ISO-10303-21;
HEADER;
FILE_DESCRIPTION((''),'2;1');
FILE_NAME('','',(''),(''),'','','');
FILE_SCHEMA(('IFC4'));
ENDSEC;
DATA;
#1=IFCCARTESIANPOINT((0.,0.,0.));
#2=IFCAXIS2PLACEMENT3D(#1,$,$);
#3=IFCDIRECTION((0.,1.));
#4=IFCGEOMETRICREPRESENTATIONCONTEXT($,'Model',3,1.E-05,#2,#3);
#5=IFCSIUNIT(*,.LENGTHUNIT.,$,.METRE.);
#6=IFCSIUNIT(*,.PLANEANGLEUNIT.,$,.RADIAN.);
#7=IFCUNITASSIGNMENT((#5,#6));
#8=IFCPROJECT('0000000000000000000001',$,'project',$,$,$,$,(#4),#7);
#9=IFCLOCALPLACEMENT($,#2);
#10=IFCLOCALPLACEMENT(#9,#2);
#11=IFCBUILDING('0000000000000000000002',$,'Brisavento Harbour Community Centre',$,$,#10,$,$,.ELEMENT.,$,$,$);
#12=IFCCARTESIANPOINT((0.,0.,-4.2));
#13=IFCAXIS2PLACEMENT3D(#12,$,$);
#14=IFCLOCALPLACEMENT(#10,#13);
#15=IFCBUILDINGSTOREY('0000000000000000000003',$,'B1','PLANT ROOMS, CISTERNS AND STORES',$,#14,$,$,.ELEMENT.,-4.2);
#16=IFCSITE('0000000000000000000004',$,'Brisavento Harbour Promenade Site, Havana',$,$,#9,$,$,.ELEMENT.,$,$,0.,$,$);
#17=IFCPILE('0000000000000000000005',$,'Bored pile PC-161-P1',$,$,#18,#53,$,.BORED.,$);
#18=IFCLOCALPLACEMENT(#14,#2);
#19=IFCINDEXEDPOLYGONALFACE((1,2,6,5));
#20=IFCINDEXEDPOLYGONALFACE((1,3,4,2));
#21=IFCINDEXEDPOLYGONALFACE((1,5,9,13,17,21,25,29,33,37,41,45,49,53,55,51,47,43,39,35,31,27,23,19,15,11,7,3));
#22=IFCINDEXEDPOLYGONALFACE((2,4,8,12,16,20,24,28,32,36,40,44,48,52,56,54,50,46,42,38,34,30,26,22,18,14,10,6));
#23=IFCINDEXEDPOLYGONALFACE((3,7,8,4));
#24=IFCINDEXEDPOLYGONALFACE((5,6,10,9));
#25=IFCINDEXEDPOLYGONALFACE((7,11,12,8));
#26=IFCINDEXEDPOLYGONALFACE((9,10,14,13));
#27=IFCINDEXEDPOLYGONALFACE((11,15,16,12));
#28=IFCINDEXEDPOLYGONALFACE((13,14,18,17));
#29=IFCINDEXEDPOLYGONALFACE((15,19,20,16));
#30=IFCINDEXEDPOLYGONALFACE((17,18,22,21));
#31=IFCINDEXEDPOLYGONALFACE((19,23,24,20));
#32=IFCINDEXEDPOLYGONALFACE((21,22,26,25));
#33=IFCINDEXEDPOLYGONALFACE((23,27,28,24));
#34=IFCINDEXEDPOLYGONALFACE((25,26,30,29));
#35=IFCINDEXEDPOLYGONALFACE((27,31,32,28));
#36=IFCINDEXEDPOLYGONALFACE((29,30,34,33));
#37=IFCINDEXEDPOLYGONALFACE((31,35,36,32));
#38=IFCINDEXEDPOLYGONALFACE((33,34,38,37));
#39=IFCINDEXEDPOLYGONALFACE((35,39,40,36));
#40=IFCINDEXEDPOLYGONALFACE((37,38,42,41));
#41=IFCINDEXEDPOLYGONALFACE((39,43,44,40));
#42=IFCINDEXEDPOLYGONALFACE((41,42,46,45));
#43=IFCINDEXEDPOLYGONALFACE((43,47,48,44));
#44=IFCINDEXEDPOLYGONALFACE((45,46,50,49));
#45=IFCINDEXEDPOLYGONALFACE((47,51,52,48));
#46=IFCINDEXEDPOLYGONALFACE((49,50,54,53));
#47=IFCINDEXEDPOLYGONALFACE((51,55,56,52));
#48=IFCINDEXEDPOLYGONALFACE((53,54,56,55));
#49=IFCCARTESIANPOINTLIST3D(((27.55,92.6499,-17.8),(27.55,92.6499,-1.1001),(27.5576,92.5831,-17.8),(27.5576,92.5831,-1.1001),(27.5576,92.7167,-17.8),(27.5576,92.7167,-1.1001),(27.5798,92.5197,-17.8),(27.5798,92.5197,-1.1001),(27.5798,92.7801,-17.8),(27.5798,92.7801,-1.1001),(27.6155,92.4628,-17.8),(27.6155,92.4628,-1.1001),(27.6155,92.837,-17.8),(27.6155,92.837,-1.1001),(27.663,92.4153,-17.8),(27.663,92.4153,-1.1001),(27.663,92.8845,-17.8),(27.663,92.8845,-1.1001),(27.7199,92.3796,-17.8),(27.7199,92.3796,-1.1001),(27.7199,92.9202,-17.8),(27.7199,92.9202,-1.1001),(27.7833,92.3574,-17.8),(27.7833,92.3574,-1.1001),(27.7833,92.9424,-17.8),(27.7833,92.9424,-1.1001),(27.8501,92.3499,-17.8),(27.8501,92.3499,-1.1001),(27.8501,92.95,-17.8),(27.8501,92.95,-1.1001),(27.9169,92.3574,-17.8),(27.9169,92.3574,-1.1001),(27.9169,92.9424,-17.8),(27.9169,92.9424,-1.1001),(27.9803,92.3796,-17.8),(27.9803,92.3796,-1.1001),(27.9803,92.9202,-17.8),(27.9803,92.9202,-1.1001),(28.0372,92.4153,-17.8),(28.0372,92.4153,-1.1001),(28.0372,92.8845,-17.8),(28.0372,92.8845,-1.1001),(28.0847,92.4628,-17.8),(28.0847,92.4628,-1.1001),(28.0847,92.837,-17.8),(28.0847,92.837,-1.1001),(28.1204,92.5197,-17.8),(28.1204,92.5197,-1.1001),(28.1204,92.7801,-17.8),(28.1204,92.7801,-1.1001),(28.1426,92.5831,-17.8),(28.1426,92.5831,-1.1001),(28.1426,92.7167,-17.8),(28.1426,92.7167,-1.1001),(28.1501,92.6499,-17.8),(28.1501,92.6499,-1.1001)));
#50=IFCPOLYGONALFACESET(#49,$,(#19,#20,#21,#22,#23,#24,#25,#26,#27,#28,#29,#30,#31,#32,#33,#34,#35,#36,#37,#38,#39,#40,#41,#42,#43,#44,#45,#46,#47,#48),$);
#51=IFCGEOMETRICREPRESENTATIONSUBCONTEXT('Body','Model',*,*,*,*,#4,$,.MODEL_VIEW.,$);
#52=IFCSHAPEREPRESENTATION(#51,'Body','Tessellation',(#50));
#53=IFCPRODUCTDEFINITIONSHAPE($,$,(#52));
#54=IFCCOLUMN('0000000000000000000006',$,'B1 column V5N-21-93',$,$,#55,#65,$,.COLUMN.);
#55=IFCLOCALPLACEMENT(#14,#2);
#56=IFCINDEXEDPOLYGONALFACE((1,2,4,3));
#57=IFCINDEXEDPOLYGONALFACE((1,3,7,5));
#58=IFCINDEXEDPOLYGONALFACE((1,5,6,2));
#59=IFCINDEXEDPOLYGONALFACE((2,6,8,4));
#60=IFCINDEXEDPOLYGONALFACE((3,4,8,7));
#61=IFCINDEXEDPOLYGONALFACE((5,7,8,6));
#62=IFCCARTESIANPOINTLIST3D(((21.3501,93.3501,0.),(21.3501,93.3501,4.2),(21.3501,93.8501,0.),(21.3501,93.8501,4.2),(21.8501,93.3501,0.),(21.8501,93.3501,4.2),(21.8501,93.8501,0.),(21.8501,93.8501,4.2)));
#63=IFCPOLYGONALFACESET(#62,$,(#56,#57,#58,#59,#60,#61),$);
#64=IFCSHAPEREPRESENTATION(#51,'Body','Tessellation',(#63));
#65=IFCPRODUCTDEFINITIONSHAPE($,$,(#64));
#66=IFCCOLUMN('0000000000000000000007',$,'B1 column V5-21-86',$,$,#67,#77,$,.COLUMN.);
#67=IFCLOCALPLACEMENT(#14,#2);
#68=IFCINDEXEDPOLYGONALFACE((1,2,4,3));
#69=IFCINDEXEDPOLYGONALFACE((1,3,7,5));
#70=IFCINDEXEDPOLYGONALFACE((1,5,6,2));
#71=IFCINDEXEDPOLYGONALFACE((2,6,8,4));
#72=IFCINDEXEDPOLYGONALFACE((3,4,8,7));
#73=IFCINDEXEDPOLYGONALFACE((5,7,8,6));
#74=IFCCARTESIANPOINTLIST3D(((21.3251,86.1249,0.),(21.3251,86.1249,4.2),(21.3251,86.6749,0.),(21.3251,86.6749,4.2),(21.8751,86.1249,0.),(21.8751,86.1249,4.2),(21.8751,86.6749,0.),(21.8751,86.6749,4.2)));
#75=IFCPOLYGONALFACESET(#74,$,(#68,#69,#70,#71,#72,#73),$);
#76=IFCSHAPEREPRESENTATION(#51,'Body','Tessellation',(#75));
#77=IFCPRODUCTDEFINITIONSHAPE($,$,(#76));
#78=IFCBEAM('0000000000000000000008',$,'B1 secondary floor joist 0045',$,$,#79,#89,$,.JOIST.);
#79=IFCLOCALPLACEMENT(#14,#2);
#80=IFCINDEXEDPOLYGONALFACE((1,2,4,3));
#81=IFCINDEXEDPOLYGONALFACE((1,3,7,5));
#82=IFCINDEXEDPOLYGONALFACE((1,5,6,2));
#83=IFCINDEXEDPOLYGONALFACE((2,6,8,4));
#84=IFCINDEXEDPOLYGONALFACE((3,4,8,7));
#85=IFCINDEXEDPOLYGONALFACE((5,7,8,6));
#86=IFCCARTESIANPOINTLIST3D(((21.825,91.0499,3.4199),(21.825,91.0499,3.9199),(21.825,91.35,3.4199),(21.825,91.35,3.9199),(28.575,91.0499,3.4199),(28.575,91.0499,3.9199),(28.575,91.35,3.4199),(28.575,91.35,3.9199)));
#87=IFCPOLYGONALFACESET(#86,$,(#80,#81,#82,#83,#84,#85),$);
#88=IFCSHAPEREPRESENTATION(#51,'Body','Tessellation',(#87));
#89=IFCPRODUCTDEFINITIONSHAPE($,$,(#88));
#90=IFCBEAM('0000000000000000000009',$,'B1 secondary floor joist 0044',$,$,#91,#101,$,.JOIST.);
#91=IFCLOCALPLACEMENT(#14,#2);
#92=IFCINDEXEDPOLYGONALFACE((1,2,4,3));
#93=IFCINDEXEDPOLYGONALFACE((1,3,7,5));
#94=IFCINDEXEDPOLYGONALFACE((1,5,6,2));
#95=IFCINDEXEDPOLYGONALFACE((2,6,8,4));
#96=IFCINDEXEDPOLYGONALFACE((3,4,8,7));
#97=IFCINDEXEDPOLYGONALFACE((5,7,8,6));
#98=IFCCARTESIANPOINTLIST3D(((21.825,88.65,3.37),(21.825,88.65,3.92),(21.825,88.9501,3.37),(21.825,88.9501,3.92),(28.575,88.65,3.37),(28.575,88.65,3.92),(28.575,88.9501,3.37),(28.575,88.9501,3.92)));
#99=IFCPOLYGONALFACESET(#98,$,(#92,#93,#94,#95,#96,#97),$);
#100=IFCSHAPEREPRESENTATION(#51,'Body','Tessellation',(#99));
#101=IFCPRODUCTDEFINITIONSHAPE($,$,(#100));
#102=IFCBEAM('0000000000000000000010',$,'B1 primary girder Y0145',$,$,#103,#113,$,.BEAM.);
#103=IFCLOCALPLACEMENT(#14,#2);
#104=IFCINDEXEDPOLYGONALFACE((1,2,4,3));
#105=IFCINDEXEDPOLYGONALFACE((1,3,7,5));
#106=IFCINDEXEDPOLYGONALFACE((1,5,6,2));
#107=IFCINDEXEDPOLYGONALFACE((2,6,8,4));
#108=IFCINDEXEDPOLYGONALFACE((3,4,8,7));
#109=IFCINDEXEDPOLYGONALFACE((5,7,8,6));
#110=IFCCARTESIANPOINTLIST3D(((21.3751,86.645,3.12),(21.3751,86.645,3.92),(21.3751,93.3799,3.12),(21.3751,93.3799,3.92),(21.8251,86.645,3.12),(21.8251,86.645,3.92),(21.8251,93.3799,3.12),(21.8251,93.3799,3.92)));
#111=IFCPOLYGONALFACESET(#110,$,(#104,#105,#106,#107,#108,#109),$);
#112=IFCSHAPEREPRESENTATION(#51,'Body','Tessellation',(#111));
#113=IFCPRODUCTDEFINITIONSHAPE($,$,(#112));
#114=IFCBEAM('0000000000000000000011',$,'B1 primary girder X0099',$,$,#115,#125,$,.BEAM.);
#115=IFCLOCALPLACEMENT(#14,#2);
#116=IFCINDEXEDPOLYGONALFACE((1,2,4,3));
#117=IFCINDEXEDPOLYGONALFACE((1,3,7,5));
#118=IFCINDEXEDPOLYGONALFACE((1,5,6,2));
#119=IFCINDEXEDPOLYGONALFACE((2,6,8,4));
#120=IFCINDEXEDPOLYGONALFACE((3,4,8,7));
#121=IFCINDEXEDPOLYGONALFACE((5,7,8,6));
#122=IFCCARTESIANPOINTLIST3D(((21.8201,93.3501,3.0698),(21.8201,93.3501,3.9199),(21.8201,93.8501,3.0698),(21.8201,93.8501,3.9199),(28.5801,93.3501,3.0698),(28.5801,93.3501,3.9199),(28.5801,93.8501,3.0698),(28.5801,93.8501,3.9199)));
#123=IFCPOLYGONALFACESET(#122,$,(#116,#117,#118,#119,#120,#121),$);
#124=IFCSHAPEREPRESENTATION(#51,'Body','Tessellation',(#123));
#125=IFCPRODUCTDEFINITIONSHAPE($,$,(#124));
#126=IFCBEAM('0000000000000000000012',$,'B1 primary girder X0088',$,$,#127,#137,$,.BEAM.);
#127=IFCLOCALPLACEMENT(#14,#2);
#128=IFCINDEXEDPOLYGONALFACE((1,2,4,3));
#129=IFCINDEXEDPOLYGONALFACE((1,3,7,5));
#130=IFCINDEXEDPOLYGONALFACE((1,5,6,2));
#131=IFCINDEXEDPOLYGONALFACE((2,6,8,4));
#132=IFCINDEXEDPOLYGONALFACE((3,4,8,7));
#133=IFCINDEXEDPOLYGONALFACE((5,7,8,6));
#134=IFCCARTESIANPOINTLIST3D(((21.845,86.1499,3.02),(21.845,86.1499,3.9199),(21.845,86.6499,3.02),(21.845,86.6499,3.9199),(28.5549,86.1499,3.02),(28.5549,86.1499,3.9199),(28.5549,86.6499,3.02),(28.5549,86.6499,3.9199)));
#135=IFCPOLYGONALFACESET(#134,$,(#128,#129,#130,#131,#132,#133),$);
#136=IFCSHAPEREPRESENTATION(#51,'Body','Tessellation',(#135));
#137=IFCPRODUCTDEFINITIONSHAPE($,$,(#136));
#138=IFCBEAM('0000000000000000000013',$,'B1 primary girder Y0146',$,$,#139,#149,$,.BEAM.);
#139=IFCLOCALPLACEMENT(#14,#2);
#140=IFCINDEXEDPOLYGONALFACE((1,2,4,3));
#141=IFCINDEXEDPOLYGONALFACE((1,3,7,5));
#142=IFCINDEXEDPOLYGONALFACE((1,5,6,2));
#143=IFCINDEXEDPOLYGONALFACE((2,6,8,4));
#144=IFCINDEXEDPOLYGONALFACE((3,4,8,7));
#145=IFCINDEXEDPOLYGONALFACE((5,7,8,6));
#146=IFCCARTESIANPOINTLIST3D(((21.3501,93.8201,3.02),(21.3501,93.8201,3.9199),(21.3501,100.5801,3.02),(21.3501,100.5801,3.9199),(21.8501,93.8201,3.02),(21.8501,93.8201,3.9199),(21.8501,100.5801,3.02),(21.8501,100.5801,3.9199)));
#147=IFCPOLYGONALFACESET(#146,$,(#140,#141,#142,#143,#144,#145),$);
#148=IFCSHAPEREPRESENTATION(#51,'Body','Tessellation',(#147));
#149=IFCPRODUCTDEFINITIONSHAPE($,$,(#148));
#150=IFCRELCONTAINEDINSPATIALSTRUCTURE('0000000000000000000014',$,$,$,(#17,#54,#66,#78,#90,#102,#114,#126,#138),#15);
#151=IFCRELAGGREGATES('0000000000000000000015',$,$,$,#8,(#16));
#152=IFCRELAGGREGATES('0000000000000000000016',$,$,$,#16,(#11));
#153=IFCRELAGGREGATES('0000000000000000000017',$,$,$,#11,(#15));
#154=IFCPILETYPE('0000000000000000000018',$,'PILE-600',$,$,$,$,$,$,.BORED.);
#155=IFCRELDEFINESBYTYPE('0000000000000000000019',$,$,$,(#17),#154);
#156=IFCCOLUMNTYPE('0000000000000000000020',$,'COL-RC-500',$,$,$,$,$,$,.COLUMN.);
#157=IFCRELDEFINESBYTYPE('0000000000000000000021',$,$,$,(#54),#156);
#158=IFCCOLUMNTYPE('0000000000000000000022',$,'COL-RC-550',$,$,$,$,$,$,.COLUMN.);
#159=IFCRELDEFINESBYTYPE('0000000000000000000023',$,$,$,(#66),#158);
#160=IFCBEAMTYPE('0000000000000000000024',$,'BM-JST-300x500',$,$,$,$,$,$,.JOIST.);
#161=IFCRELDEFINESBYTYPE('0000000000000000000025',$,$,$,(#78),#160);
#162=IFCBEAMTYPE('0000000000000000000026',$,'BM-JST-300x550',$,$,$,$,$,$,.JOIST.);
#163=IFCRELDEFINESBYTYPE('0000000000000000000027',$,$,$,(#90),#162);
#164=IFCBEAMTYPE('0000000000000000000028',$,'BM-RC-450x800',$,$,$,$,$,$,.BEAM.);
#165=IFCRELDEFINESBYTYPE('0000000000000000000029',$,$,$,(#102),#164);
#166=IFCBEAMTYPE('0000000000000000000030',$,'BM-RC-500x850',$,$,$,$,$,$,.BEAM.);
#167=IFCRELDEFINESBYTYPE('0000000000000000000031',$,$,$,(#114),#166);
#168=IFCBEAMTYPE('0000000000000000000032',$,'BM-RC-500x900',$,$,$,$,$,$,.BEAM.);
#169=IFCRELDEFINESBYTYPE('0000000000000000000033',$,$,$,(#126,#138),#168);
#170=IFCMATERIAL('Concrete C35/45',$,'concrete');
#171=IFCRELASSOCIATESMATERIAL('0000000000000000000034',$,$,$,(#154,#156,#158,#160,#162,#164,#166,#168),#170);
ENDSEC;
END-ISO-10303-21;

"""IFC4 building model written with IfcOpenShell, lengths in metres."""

from ifc_helpers import new_model, si_unit, direction, frame, origin, origin_2d, place, context, subcontext, project, spatial, rectangle, circle, extrude, material, material_profile, profile_set, type_object, element, save


model = new_model("IFC4")

# Units and contexts
model_context = context("Model", 3, precision=1e-05, world=origin(), true_north=direction((0.0, 1.0)))
body_context = subcontext(model_context, "Body", "Model", "MODEL_VIEW")
ifc_project = project(units=[si_unit("LENGTHUNIT", "METRE"), si_unit("PLANEANGLEUNIT", "RADIAN")], contexts=[model_context])

# Site, building, storey
site_placement = place(None, origin())
site = spatial("IfcSite", under=ifc_project, at=site_placement, Name="Brisavento Harbour Promenade Site, Havana", CompositionType="ELEMENT", RefElevation=0.0)
building_placement = place(site_placement, origin())
building = spatial("IfcBuilding", under=site, at=building_placement, Name="Brisavento Harbour Community Centre", CompositionType="ELEMENT")
storey_placement = place(building_placement, frame((0.0, 0.0, -4.2)))
storey = spatial("IfcBuildingStorey", under=building, at=storey_placement, Name="B1", Description="PLANT ROOMS, CISTERNS AND STORES", CompositionType="ELEMENT", Elevation=-4.2)

# Shared definitions
ifc_material = material(Name="Concrete C35/45", Category="concrete")

# Pile
ifc_material_profile_1 = material_profile(ifc_material, circle(Radius=0.3, at=origin_2d()), Name="Concrete C35/45")
ifc_profile_set_1 = profile_set([ifc_material_profile_1], Name="Concrete C35/45")
pile_type = type_object("IfcPileType", Name="PILE-600", PredefinedType="BORED", material=ifc_profile_set_1)
for number, where, z_axis, x_axis, name in (
    (1, (27.8501, 92.6499, -1.1001), (0.0, 0.0, -1.0), (1.0, 0.0, 0.0), "Bored pile PC-161-P1"),
):
    element("IfcPile", number, at=place(storey_placement, frame(where, z_axis=z_axis, x_axis=x_axis)), inside=storey, type_object=pile_type, Name=name, PredefinedType="BORED", context=body_context, shape_type="SweptSolid", body=[
        extrude(circle(Radius=0.3, at=origin_2d()), origin(), (0.0, 0.0, 1.0), 16.7),
    ])

# Columns
ifc_material_profile_2 = material_profile(ifc_material, rectangle(XDim=0.5, YDim=0.5, at=origin_2d()), Name="Concrete C35/45")
ifc_profile_set_2 = profile_set([ifc_material_profile_2], Name="Concrete C35/45")
column_type_1 = type_object("IfcColumnType", Name="COL-RC-500", PredefinedType="COLUMN", material=ifc_profile_set_2)
column_1_placement = place(storey_placement, frame((21.6001, 93.6001, 0.0), z_axis=(0.0, 0.0, 1.0), x_axis=(1.0, 0.0, 0.0)))
element("IfcColumn", 2, at=column_1_placement, inside=storey, type_object=column_type_1, Name="B1 column V5N-21-93", PredefinedType="COLUMN", context=body_context, shape_type="SweptSolid", body=[
    extrude(rectangle(XDim=0.5, YDim=0.5, at=origin_2d()), origin(), (0.0, 0.0, 1.0), 4.2),
])
ifc_material_profile_3 = material_profile(ifc_material, rectangle(XDim=0.55, YDim=0.55, at=origin_2d()), Name="Concrete C35/45")
ifc_profile_set_3 = profile_set([ifc_material_profile_3], Name="Concrete C35/45")
column_type_2 = type_object("IfcColumnType", Name="COL-RC-550", PredefinedType="COLUMN", material=ifc_profile_set_3)
column_2_placement = place(storey_placement, frame((21.6001, 86.3999, 0.0), z_axis=(0.0, 0.0, 1.0), x_axis=(1.0, 0.0, 0.0)))
element("IfcColumn", 3, at=column_2_placement, inside=storey, type_object=column_type_2, Name="B1 column V5-21-86", PredefinedType="COLUMN", context=body_context, shape_type="SweptSolid", body=[
    extrude(rectangle(XDim=0.55, YDim=0.55, at=origin_2d()), origin(), (0.0, 0.0, 1.0), 4.2),
])

# Beams
ifc_material_profile_4 = material_profile(ifc_material, rectangle(XDim=0.3, YDim=0.5, at=origin_2d()), Name="Concrete C35/45")
ifc_profile_set_4 = profile_set([ifc_material_profile_4], Name="Concrete C35/45")
beam_type_1 = type_object("IfcBeamType", Name="BM-JST-300x500", PredefinedType="JOIST", material=ifc_profile_set_4)
beam_1_placement = place(storey_placement, frame((21.825, 91.2, 3.6699), z_axis=(1.0, 0.0, 0.0), x_axis=(0.0, 1.0, 0.0)))
element("IfcBeam", 4, at=beam_1_placement, inside=storey, type_object=beam_type_1, Name="B1 secondary floor joist 0045", PredefinedType="JOIST", context=body_context, shape_type="SweptSolid", body=[
    extrude(rectangle(XDim=0.3, YDim=0.5, at=origin_2d()), origin(), (0.0, 0.0, 1.0), 6.75),
])
ifc_material_profile_5 = material_profile(ifc_material, rectangle(XDim=0.3, YDim=0.55, at=origin_2d()), Name="Concrete C35/45")
ifc_profile_set_5 = profile_set([ifc_material_profile_5], Name="Concrete C35/45")
beam_type_2 = type_object("IfcBeamType", Name="BM-JST-300x550", PredefinedType="JOIST", material=ifc_profile_set_5)
beam_2_placement = place(storey_placement, frame((21.825, 88.8, 3.645), z_axis=(1.0, 0.0, 0.0), x_axis=(0.0, 1.0, 0.0)))
element("IfcBeam", 5, at=beam_2_placement, inside=storey, type_object=beam_type_2, Name="B1 secondary floor joist 0044", PredefinedType="JOIST", context=body_context, shape_type="SweptSolid", body=[
    extrude(rectangle(XDim=0.3, YDim=0.55, at=origin_2d()), origin(), (0.0, 0.0, 1.0), 6.75),
])
ifc_material_profile_6 = material_profile(ifc_material, rectangle(XDim=0.45, YDim=0.8, at=origin_2d()), Name="Concrete C35/45")
ifc_profile_set_6 = profile_set([ifc_material_profile_6], Name="Concrete C35/45")
beam_type_3 = type_object("IfcBeamType", Name="BM-RC-450x800", PredefinedType="BEAM", material=ifc_profile_set_6)
beam_3_placement = place(storey_placement, frame((21.6001, 86.645, 3.52), z_axis=(0.0, 1.0, 0.0), x_axis=(-1.0, 0.0, 0.0)))
element("IfcBeam", 6, at=beam_3_placement, inside=storey, type_object=beam_type_3, Name="B1 primary girder Y0145", PredefinedType="BEAM", context=body_context, shape_type="SweptSolid", body=[
    extrude(rectangle(XDim=0.45, YDim=0.8, at=origin_2d()), origin(), (0.0, 0.0, 1.0), 6.7349),
])
ifc_material_profile_7 = material_profile(ifc_material, rectangle(XDim=0.5, YDim=0.8501, at=origin_2d()), Name="Concrete C35/45")
ifc_profile_set_7 = profile_set([ifc_material_profile_7], Name="Concrete C35/45")
beam_type_4 = type_object("IfcBeamType", Name="BM-RC-500x850", PredefinedType="BEAM", material=ifc_profile_set_7)
beam_4_placement = place(storey_placement, frame((21.8201, 93.6001, 3.4949), z_axis=(1.0, 0.0, 0.0), x_axis=(0.0, 1.0, 0.0)))
element("IfcBeam", 7, at=beam_4_placement, inside=storey, type_object=beam_type_4, Name="B1 primary girder X0099", PredefinedType="BEAM", context=body_context, shape_type="SweptSolid", body=[
    extrude(rectangle(XDim=0.5, YDim=0.8501, at=origin_2d()), origin(), (0.0, 0.0, 1.0), 6.76),
])
ifc_material_profile_8 = material_profile(ifc_material, rectangle(XDim=0.5, YDim=0.8999, at=origin_2d()), Name="Concrete C35/45")
ifc_profile_set_8 = profile_set([ifc_material_profile_8], Name="Concrete C35/45")
beam_type_5 = type_object("IfcBeamType", Name="BM-RC-500x900", PredefinedType="BEAM", material=ifc_profile_set_8)
beam_5_placement = place(storey_placement, frame((21.845, 86.3999, 3.47), z_axis=(1.0, 0.0, 0.0), x_axis=(0.0, 1.0, 0.0)))
element("IfcBeam", 8, at=beam_5_placement, inside=storey, type_object=beam_type_5, Name="B1 primary girder X0088", PredefinedType="BEAM", context=body_context, shape_type="SweptSolid", body=[
    extrude(rectangle(XDim=0.5, YDim=0.8999, at=origin_2d()), origin(), (0.0, 0.0, 1.0), 6.71),
])
beam_6_placement = place(storey_placement, frame((21.6001, 93.8201, 3.47), z_axis=(0.0, 1.0, 0.0), x_axis=(-1.0, 0.0, 0.0)))
element("IfcBeam", 9, at=beam_6_placement, inside=storey, type_object=beam_type_5, Name="B1 primary girder Y0146", PredefinedType="BEAM", context=body_context, shape_type="SweptSolid", body=[
    extrude(rectangle(XDim=0.5, YDim=0.8999, at=origin_2d()), origin(), (0.0, 0.0, 1.0), 6.76),
])

save(model, "model.ifc")
